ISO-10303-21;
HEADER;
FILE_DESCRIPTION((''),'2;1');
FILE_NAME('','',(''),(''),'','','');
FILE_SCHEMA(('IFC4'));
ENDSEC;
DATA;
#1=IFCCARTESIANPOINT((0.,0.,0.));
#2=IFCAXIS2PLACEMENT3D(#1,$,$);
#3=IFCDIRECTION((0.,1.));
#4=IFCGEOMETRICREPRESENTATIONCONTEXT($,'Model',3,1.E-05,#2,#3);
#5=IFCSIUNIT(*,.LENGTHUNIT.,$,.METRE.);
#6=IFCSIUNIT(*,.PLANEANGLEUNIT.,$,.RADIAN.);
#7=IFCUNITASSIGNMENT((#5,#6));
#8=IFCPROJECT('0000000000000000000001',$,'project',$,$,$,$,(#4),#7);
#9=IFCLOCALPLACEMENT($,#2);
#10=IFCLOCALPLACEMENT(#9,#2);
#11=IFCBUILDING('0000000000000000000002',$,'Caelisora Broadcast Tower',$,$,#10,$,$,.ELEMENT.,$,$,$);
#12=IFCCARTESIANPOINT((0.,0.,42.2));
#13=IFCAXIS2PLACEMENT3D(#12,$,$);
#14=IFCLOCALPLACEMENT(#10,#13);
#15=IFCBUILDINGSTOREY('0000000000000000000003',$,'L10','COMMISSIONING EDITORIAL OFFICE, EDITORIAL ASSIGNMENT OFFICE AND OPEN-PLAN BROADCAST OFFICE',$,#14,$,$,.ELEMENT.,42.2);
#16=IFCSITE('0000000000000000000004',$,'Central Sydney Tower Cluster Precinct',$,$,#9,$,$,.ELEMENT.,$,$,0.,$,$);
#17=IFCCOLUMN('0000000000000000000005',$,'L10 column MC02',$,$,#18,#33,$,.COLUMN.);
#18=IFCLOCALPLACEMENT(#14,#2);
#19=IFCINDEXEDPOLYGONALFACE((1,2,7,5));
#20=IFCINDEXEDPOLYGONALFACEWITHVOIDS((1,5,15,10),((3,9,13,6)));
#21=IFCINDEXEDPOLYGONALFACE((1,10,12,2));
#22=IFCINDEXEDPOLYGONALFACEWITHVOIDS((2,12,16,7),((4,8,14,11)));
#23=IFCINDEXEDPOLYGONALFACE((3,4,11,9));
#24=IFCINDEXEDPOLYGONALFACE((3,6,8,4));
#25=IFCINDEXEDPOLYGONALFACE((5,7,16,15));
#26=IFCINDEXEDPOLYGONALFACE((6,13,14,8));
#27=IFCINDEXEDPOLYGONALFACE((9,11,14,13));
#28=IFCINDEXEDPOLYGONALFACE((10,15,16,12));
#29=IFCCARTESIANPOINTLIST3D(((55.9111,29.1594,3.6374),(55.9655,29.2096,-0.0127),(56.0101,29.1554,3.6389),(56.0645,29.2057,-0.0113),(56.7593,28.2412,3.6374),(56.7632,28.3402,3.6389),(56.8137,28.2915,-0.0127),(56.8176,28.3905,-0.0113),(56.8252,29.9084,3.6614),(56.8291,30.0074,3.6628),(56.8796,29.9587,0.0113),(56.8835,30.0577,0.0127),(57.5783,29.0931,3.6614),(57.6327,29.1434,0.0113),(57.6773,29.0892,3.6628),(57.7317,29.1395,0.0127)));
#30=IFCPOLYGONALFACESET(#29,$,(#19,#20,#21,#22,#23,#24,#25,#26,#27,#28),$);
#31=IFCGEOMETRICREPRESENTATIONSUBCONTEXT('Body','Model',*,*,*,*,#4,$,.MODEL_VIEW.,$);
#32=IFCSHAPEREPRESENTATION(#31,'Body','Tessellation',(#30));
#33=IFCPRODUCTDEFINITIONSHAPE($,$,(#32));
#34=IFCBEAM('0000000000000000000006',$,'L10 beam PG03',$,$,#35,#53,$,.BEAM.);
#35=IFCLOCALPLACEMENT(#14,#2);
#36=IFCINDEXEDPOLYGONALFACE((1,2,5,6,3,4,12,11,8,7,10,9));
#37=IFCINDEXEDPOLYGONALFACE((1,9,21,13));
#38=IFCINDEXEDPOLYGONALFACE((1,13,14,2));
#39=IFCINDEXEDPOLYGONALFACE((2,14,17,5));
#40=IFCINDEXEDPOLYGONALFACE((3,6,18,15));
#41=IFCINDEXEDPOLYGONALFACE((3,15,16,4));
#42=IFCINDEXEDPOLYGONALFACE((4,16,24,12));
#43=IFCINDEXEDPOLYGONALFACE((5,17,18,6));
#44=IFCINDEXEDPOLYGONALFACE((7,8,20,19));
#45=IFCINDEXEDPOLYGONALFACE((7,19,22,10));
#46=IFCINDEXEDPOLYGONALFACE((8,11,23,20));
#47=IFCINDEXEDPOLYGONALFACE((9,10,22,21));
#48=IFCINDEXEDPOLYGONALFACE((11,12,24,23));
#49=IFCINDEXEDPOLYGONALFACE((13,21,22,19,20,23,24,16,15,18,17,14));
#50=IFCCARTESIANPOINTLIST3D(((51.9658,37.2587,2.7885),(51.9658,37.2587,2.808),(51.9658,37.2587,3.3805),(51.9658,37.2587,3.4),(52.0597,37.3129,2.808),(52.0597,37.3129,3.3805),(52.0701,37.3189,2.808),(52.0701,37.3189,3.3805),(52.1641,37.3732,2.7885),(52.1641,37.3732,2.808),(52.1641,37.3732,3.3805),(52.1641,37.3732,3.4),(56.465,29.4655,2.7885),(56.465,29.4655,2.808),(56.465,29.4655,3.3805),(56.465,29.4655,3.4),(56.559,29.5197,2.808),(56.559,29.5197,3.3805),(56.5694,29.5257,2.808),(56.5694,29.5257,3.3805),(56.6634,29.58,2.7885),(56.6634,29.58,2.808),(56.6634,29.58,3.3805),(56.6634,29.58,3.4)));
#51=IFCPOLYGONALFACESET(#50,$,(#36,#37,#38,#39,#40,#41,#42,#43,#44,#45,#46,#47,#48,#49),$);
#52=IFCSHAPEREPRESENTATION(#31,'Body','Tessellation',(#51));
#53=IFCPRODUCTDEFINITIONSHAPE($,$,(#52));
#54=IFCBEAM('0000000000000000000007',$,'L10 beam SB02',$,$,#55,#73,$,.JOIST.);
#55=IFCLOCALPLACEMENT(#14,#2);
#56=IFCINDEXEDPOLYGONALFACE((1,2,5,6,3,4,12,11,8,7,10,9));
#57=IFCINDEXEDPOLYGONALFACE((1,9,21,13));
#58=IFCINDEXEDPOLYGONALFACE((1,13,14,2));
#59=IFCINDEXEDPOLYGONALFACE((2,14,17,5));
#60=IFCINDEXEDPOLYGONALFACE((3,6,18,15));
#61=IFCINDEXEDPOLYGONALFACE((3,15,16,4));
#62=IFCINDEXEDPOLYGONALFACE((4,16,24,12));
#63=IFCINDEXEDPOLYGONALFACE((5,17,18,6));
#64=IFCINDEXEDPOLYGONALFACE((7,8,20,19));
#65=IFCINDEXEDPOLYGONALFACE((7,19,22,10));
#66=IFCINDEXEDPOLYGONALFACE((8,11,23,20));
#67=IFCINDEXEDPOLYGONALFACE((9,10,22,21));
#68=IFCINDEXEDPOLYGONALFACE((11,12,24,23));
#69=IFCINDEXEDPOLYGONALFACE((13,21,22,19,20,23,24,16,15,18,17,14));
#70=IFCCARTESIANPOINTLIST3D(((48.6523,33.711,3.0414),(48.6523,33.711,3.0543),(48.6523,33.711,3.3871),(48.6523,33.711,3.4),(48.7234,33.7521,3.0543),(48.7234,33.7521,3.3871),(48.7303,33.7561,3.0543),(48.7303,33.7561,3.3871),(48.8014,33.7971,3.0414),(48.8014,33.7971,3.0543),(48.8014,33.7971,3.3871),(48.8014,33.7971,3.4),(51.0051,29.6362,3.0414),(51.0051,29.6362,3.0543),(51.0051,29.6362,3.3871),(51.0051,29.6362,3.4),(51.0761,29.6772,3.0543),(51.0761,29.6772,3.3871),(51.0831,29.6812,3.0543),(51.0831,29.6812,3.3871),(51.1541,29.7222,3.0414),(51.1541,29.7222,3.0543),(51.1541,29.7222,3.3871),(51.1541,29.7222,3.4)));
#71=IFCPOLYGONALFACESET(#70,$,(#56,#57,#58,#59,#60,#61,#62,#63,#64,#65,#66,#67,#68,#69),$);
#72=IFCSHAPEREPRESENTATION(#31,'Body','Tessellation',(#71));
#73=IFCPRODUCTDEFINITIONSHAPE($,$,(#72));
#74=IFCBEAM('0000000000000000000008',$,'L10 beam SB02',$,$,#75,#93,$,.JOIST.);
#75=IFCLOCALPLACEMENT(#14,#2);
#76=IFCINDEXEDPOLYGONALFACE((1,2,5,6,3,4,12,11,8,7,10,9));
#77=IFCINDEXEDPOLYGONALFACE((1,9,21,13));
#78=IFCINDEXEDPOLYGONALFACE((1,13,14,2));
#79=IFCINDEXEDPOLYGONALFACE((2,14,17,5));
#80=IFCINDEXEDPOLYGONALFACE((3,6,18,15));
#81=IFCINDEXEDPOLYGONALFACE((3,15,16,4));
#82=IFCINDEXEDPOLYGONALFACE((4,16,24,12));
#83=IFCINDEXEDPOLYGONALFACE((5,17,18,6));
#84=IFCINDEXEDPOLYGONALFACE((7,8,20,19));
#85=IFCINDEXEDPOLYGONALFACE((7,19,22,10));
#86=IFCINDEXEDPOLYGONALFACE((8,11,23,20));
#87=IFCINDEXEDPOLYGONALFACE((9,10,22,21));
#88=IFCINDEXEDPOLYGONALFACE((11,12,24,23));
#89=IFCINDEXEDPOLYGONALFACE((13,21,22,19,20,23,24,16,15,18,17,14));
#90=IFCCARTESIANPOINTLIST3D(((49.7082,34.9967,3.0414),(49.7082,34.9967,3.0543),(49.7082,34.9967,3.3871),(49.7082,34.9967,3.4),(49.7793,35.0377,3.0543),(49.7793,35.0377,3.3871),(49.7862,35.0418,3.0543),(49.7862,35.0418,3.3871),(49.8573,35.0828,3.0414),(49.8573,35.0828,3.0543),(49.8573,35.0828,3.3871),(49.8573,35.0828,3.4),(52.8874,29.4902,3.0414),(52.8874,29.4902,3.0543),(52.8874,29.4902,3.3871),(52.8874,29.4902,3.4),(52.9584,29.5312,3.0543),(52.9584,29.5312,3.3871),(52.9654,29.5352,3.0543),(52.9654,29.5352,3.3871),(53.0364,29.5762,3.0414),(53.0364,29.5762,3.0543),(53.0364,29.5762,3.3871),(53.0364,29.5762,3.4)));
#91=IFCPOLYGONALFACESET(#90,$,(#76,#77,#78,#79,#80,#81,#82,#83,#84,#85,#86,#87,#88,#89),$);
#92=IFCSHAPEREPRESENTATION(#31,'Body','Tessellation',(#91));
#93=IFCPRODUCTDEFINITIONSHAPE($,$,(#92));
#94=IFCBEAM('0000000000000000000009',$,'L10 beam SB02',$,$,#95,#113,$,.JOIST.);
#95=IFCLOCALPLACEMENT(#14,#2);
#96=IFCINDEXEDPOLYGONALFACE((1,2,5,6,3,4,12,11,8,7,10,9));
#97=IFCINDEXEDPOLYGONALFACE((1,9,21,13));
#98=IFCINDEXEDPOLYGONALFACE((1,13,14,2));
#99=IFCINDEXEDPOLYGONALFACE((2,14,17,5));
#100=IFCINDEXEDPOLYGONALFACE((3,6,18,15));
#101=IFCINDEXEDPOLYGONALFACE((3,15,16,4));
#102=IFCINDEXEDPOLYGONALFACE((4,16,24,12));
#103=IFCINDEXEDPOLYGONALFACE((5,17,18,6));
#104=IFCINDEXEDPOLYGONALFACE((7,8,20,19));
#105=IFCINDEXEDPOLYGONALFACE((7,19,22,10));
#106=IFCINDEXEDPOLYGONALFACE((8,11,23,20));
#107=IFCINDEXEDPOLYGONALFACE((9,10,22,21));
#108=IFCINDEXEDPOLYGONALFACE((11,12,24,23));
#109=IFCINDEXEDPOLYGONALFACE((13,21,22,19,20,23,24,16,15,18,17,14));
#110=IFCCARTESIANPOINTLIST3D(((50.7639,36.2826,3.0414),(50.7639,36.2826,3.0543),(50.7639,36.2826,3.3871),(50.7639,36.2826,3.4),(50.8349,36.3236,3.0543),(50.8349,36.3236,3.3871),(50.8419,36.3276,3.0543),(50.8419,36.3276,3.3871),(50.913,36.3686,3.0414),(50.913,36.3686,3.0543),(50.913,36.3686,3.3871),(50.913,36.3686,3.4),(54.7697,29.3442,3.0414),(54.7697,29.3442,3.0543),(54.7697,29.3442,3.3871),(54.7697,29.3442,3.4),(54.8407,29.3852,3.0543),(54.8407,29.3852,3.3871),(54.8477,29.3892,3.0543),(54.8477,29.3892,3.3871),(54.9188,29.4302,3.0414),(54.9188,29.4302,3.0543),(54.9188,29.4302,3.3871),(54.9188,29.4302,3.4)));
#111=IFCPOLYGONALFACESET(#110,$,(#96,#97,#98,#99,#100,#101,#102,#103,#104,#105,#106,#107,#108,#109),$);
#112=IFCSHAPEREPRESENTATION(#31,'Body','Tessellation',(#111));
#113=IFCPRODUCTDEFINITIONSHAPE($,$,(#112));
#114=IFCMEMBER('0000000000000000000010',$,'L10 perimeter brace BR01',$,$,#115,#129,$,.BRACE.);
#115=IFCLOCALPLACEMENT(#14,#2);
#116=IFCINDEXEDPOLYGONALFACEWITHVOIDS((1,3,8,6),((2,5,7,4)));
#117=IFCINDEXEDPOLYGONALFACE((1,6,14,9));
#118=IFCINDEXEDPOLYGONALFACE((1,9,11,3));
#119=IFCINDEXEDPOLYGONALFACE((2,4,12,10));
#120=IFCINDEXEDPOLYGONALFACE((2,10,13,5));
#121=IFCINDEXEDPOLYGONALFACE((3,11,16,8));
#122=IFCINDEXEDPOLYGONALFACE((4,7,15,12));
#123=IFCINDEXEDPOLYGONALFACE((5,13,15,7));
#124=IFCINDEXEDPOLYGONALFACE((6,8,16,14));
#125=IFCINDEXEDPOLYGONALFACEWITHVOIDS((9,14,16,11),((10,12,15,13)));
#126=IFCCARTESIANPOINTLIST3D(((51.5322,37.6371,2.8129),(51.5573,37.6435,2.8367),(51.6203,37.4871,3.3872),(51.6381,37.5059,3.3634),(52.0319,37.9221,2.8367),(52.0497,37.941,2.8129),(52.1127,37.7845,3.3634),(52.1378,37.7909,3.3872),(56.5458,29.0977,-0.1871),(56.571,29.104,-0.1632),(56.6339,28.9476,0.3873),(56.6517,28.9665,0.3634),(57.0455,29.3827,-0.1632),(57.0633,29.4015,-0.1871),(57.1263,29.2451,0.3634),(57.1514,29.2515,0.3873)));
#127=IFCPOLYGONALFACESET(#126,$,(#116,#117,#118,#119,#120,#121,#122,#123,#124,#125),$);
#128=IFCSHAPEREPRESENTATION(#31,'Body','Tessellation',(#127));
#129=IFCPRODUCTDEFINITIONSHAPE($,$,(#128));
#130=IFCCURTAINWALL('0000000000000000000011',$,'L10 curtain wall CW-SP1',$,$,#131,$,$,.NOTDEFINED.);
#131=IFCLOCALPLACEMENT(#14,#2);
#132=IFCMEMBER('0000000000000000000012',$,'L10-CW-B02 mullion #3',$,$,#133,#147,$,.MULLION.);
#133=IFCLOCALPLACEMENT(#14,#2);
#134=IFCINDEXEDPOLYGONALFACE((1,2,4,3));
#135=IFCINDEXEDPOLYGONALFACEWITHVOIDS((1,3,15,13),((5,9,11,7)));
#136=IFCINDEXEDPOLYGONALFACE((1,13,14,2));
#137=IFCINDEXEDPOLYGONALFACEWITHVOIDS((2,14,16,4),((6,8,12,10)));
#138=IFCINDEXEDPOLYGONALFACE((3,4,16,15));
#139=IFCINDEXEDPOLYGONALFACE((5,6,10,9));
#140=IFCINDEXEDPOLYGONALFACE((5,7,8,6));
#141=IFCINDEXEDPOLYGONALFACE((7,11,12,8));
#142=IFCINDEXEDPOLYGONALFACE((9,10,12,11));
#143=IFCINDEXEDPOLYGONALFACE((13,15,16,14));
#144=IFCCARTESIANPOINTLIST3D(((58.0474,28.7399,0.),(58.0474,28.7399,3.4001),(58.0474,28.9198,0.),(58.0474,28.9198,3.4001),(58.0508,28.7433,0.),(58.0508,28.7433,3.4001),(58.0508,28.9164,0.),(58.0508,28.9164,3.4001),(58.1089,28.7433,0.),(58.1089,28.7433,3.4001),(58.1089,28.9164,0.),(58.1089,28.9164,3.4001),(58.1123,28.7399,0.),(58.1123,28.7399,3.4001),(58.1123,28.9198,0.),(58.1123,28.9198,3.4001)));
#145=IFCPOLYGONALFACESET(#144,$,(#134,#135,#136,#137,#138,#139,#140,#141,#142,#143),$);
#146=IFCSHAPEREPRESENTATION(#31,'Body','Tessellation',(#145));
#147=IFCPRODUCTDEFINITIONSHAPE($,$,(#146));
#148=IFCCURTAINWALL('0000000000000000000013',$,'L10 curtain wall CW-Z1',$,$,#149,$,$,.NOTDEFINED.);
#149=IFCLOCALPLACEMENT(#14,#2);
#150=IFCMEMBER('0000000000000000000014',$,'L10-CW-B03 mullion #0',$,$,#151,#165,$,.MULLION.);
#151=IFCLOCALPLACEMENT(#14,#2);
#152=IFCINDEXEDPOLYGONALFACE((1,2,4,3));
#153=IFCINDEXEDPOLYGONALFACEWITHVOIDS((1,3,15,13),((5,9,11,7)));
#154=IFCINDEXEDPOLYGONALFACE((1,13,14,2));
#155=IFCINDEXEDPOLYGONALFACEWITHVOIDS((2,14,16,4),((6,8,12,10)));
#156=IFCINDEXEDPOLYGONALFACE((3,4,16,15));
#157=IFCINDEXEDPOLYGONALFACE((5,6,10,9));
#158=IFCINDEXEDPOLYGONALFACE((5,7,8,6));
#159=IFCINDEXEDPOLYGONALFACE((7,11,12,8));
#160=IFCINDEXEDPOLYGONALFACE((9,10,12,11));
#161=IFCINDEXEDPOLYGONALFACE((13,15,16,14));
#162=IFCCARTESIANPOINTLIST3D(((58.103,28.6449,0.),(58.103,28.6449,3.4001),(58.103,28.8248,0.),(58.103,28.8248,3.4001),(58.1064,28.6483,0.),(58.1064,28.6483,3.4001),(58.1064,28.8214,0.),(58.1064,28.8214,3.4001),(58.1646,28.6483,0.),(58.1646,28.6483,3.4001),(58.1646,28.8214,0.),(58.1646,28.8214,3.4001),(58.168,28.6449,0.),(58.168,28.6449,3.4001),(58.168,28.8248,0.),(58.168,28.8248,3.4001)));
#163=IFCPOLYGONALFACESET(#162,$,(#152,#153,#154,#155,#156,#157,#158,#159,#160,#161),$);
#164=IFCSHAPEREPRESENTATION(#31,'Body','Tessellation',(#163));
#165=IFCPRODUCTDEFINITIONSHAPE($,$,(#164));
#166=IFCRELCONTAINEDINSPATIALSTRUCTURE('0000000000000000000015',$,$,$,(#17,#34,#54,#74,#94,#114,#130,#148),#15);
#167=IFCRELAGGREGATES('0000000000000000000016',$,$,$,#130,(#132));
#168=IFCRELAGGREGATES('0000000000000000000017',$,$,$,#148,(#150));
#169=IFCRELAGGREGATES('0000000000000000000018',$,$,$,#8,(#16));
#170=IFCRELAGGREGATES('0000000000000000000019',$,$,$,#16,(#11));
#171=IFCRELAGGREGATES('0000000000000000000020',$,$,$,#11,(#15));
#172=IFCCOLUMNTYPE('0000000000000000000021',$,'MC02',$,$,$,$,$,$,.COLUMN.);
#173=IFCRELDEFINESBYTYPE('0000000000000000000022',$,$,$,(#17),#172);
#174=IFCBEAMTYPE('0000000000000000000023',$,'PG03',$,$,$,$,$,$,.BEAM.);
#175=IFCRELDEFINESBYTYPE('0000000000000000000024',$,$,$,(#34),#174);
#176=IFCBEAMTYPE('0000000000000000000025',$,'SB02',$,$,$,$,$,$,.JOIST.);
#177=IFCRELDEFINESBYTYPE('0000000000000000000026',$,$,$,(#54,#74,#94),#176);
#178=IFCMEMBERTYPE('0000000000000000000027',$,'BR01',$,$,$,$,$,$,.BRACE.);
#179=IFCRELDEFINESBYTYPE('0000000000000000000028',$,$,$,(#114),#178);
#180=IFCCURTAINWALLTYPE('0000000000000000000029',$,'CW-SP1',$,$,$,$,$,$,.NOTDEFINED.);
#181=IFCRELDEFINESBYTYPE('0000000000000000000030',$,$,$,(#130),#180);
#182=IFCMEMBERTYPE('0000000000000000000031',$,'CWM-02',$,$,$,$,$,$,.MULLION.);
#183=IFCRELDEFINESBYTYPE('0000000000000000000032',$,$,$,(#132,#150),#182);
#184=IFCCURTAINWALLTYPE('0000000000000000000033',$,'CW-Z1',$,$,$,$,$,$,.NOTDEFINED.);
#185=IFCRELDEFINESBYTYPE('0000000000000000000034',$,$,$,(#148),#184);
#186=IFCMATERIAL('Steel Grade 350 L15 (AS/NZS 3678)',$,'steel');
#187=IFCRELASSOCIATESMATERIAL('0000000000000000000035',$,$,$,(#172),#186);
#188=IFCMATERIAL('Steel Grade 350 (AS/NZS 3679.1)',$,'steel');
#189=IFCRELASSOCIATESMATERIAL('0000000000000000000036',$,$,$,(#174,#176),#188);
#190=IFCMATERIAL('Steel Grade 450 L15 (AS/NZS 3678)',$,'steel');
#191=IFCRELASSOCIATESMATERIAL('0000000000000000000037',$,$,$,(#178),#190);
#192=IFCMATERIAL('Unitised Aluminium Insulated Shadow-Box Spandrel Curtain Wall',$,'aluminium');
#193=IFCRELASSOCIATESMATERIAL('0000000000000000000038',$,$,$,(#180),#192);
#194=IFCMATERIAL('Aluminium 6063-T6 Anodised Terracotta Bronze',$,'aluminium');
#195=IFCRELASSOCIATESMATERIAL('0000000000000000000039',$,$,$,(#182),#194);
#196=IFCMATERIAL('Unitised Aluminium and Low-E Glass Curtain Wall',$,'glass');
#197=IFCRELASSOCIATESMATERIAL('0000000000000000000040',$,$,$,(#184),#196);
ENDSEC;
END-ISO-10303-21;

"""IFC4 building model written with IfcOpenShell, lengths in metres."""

from ifc_helpers import new_model, si_unit, direction, frame, origin, origin_2d, place, context, subcontext, project, spatial, hollow_rectangle, i_section, extrude, source, transform, mapped, material, material_profile, profile_set, type_object, type_shapes, element, aggregate, save


model = new_model("IFC4")

# Units and contexts
model_context = context("Model", 3, precision=1e-05, world=origin(), true_north=direction((0.0, 1.0)))
body_context = subcontext(model_context, "Body", "Model", "MODEL_VIEW")
ifc_project = project(units=[si_unit("LENGTHUNIT", "METRE"), si_unit("PLANEANGLEUNIT", "RADIAN")], contexts=[model_context])

# Site, building, storey
site_placement = place(None, origin())
site = spatial("IfcSite", under=ifc_project, at=site_placement, Name="Central Sydney Tower Cluster Precinct", CompositionType="ELEMENT", RefElevation=0.0)
building_placement = place(site_placement, origin())
building = spatial("IfcBuilding", under=site, at=building_placement, Name="Caelisora Broadcast Tower", CompositionType="ELEMENT")
storey_placement = place(building_placement, frame((0.0, 0.0, 42.2)))
storey = spatial("IfcBuildingStorey", under=building, at=storey_placement, Name="L10", Description="COMMISSIONING EDITORIAL OFFICE, EDITORIAL ASSIGNMENT OFFICE AND OPEN-PLAN BROADCAST OFFICE", CompositionType="ELEMENT", Elevation=42.2)

# Column
ifc_material_1 = material(Name="Steel Grade 350 L15 (AS/NZS 3678)", Category="steel")
ifc_material_profile_1 = material_profile(ifc_material_1, hollow_rectangle(XDim=1.25, YDim=1.25, WallThickness=0.0701, at=origin_2d()), Name="Steel Grade 350 L15 (AS/NZS 3678)")
ifc_profile_set_1 = profile_set([ifc_material_profile_1], Name="Steel Grade 350 L15 (AS/NZS 3678)")
column_type = type_object("IfcColumnType", Name="MC02", PredefinedType="COLUMN", material=ifc_profile_set_1)
shared_shape_1 = source(origin(), body_context, "Body", "SweptSolid", [
    extrude(hollow_rectangle(XDim=1.25, YDim=1.25, WallThickness=0.0701, at=origin_2d()), origin(), (0.0, 0.0, 1.0), 3.6509),
])
type_shapes(column_type, [shared_shape_1])
column_placement = place(storey_placement, frame((56.8486, 29.1746, 0.0), z_axis=(-0.014912, -0.013776, 0.999794), x_axis=(0.678554, -0.734551, 0.0)))
element("IfcColumn", 1, at=column_placement, inside=storey, type_object=column_type, Name="L10 column MC02", PredefinedType="COLUMN", context=body_context, shape_type="MappedRepresentation", body=[
    mapped(shared_shape_1, transform((0.0, 0.0, 0.0), scale=1.0)),
])

# Beams
ifc_material_2 = material(Name="Steel Grade 350 (AS/NZS 3679.1)", Category="steel")
ifc_material_profile_2 = material_profile(ifc_material_2, i_section(OverallWidth=0.229, OverallDepth=0.6116, WebThickness=0.012, FlangeThickness=0.0195, at=origin_2d()), Name="Steel Grade 350 (AS/NZS 3679.1)")
ifc_profile_set_2 = profile_set([ifc_material_profile_2], Name="Steel Grade 350 (AS/NZS 3679.1)")
beam_type_1 = type_object("IfcBeamType", Name="PG03", PredefinedType="BEAM", material=ifc_profile_set_2)
shared_shape_2 = source(origin(), body_context, "Body", "SweptSolid", [
    extrude(i_section(OverallWidth=0.229, OverallDepth=0.6116, WebThickness=0.012, FlangeThickness=0.0195, at=origin_2d()), origin(), (0.0, 0.0, 1.0), 8.9988),
])
type_shapes(beam_type_1, [shared_shape_2])
beam_1_placement = place(storey_placement, frame((56.5642, 29.5227, 3.0942), z_axis=(-0.499988, 0.866032, 0.0), x_axis=(-0.866032, -0.499988, 0.0)))
element("IfcBeam", 2, at=beam_1_placement, inside=storey, type_object=beam_type_1, Name="L10 beam PG03", PredefinedType="BEAM", context=body_context, shape_type="MappedRepresentation", body=[
    mapped(shared_shape_2, transform((0.0, 0.0, 0.0), scale=1.0)),
])
ifc_material_profile_3 = material_profile(ifc_material_2, i_section(OverallWidth=0.1721, OverallDepth=0.3586, WebThickness=0.0081, FlangeThickness=0.0129, at=origin_2d()), Name="Steel Grade 350 (AS/NZS 3679.1)")
ifc_profile_set_3 = profile_set([ifc_material_profile_3], Name="Steel Grade 350 (AS/NZS 3679.1)")
beam_type_2 = type_object("IfcBeamType", Name="SB02", PredefinedType="JOIST", material=ifc_profile_set_3)
shared_shape_3 = source(origin(), body_context, "Body", "SweptSolid", [
    extrude(i_section(OverallWidth=0.1721, OverallDepth=0.3586, WebThickness=0.0081, FlangeThickness=0.0129, at=origin_2d()), origin(), (0.0, 0.0, 1.0), 4.7053),
])
beam_2_placement = place(storey_placement, frame((51.0796, 29.6792, 3.2207), z_axis=(-0.500017, 0.866015, 0.0), x_axis=(-0.866015, -0.500017, 0.0)))
element("IfcBeam", 3, at=beam_2_placement, inside=storey, type_object=beam_type_2, Name="L10 beam SB02", PredefinedType="JOIST", context=body_context, shape_type="MappedRepresentation", body=[
    mapped(shared_shape_3, transform((0.0, 0.0, 0.0), scale=1.0)),
])
shared_shape_4 = source(origin(), body_context, "Body", "SweptSolid", [
    extrude(i_section(OverallWidth=0.1721, OverallDepth=0.3586, WebThickness=0.0081, FlangeThickness=0.0129, at=origin_2d()), origin(), (0.0, 0.0, 1.0), 6.3584),
])
beam_3_placement = place(storey_placement, frame((52.9619, 29.5332, 3.2207), z_axis=(-0.499996, 0.866028, 0.0), x_axis=(-0.866028, -0.499996, 0.0)))
element("IfcBeam", 4, at=beam_3_placement, inside=storey, type_object=beam_type_2, Name="L10 beam SB02", PredefinedType="JOIST", context=body_context, shape_type="MappedRepresentation", body=[
    mapped(shared_shape_4, transform((0.0, 0.0, 0.0), scale=1.0)),
])
shared_shape_5 = source(origin(), body_context, "Body", "SweptSolid", [
    extrude(i_section(OverallWidth=0.1721, OverallDepth=0.3586, WebThickness=0.0081, FlangeThickness=0.0129, at=origin_2d()), origin(), (0.0, 0.0, 1.0), 8.0117),
])
type_shapes(beam_type_2, [shared_shape_3, shared_shape_4, shared_shape_5])
beam_4_placement = place(storey_placement, frame((54.8442, 29.3872, 3.2207), z_axis=(-0.499993, 0.866029, 0.0), x_axis=(-0.866029, -0.499993, 0.0)))
element("IfcBeam", 5, at=beam_4_placement, inside=storey, type_object=beam_type_2, Name="L10 beam SB02", PredefinedType="JOIST", context=body_context, shape_type="MappedRepresentation", body=[
    mapped(shared_shape_5, transform((0.0, 0.0, 0.0), scale=1.0)),
])

# Member
ifc_material_3 = material(Name="Steel Grade 450 L15 (AS/NZS 3678)", Category="steel")
ifc_material_profile_4 = material_profile(ifc_material_3, hollow_rectangle(XDim=0.6001, YDim=0.6001, WallThickness=0.0249, at=origin_2d()), Name="Steel Grade 450 L15 (AS/NZS 3678)")
ifc_profile_set_4 = profile_set([ifc_material_profile_4], Name="Steel Grade 450 L15 (AS/NZS 3678)")
member_type_1 = type_object("IfcMemberType", Name="BR01", PredefinedType="BRACE", material=ifc_profile_set_4)
shared_shape_6 = source(origin(), body_context, "Body", "SweptSolid", [
    extrude(hollow_rectangle(XDim=0.6001, YDim=0.6001, WallThickness=0.0249, at=origin_2d()), origin(), (0.0, 0.0, 1.0), 10.3469),
])
type_shapes(member_type_1, [shared_shape_6])
member_1_placement = place(storey_placement, frame((56.8486, 29.1746, 0.1001), z_axis=(-0.484552, 0.825315, 0.289939), x_axis=(-0.862357, -0.5063, 0.0)))
element("IfcMember", 6, at=member_1_placement, inside=storey, type_object=member_type_1, Name="L10 perimeter brace BR01", PredefinedType="BRACE", context=body_context, shape_type="MappedRepresentation", body=[
    mapped(shared_shape_6, transform((0.0, 0.0, 0.0), scale=1.0)),
])

# Curtain wall, member
ifc_material_4 = material(Name="Unitised Aluminium Insulated Shadow-Box Spandrel Curtain Wall", Category="aluminium")
curtain_wall_type_1 = type_object("IfcCurtainWallType", Name="CW-SP1", PredefinedType="NOTDEFINED", material=ifc_material_4)
curtain_wall_1_placement = place(storey_placement, origin())
curtain_wall_1 = element("IfcCurtainWall", 7, at=curtain_wall_1_placement, inside=storey, type_object=curtain_wall_type_1, Name="L10 curtain wall CW-SP1", PredefinedType="NOTDEFINED")
ifc_material_5 = material(Name="Aluminium 6063-T6 Anodised Terracotta Bronze", Category="aluminium")
ifc_material_profile_5 = material_profile(ifc_material_5, hollow_rectangle(XDim=0.0649, YDim=0.1799, WallThickness=0.0034, at=origin_2d()), Name="Aluminium 6063-T6 Anodised Terracotta Bronze")
ifc_profile_set_5 = profile_set([ifc_material_profile_5], Name="Aluminium 6063-T6 Anodised Terracotta Bronze")
member_type_2 = type_object("IfcMemberType", Name="CWM-02", PredefinedType="MULLION", material=ifc_profile_set_5)
shared_shape_7 = source(origin(), body_context, "Body", "SweptSolid", [
    extrude(hollow_rectangle(XDim=0.0649, YDim=0.1799, WallThickness=0.0034, at=origin_2d()), origin(), (0.0, 0.0, 1.0), 3.4001),
])
type_shapes(member_type_2, [shared_shape_7])
member_2_placement = place(storey_placement, frame((58.0798, 28.8298, 0.0), z_axis=(0.0, 0.0, 1.0), x_axis=(1.0, 0.0, 0.0)))
member_2 = element("IfcMember", 8, at=member_2_placement, type_object=member_type_2, Name="L10-CW-B02 mullion #3", PredefinedType="MULLION", context=body_context, shape_type="MappedRepresentation", body=[
    mapped(shared_shape_7, transform((0.0, 0.0, 0.0), scale=1.0)),
])

# Curtain wall, member
ifc_material_6 = material(Name="Unitised Aluminium and Low-E Glass Curtain Wall", Category="glass")
curtain_wall_type_2 = type_object("IfcCurtainWallType", Name="CW-Z1", PredefinedType="NOTDEFINED", material=ifc_material_6)
curtain_wall_2_placement = place(storey_placement, origin())
curtain_wall_2 = element("IfcCurtainWall", 9, at=curtain_wall_2_placement, inside=storey, type_object=curtain_wall_type_2, Name="L10 curtain wall CW-Z1", PredefinedType="NOTDEFINED")
member_3_placement = place(storey_placement, frame((58.1355, 28.7349, 0.0), z_axis=(0.0, 0.0, 1.0), x_axis=(1.0, 0.0, 0.0)))
member_3 = element("IfcMember", 10, at=member_3_placement, type_object=member_type_2, Name="L10-CW-B03 mullion #0", PredefinedType="MULLION", context=body_context, shape_type="MappedRepresentation", body=[
    mapped(shared_shape_7, transform((0.0, 0.0, 0.0), scale=1.0)),
])

aggregate(curtain_wall_1, [member_2])
aggregate(curtain_wall_2, [member_3])

save(model, "model.ifc")
